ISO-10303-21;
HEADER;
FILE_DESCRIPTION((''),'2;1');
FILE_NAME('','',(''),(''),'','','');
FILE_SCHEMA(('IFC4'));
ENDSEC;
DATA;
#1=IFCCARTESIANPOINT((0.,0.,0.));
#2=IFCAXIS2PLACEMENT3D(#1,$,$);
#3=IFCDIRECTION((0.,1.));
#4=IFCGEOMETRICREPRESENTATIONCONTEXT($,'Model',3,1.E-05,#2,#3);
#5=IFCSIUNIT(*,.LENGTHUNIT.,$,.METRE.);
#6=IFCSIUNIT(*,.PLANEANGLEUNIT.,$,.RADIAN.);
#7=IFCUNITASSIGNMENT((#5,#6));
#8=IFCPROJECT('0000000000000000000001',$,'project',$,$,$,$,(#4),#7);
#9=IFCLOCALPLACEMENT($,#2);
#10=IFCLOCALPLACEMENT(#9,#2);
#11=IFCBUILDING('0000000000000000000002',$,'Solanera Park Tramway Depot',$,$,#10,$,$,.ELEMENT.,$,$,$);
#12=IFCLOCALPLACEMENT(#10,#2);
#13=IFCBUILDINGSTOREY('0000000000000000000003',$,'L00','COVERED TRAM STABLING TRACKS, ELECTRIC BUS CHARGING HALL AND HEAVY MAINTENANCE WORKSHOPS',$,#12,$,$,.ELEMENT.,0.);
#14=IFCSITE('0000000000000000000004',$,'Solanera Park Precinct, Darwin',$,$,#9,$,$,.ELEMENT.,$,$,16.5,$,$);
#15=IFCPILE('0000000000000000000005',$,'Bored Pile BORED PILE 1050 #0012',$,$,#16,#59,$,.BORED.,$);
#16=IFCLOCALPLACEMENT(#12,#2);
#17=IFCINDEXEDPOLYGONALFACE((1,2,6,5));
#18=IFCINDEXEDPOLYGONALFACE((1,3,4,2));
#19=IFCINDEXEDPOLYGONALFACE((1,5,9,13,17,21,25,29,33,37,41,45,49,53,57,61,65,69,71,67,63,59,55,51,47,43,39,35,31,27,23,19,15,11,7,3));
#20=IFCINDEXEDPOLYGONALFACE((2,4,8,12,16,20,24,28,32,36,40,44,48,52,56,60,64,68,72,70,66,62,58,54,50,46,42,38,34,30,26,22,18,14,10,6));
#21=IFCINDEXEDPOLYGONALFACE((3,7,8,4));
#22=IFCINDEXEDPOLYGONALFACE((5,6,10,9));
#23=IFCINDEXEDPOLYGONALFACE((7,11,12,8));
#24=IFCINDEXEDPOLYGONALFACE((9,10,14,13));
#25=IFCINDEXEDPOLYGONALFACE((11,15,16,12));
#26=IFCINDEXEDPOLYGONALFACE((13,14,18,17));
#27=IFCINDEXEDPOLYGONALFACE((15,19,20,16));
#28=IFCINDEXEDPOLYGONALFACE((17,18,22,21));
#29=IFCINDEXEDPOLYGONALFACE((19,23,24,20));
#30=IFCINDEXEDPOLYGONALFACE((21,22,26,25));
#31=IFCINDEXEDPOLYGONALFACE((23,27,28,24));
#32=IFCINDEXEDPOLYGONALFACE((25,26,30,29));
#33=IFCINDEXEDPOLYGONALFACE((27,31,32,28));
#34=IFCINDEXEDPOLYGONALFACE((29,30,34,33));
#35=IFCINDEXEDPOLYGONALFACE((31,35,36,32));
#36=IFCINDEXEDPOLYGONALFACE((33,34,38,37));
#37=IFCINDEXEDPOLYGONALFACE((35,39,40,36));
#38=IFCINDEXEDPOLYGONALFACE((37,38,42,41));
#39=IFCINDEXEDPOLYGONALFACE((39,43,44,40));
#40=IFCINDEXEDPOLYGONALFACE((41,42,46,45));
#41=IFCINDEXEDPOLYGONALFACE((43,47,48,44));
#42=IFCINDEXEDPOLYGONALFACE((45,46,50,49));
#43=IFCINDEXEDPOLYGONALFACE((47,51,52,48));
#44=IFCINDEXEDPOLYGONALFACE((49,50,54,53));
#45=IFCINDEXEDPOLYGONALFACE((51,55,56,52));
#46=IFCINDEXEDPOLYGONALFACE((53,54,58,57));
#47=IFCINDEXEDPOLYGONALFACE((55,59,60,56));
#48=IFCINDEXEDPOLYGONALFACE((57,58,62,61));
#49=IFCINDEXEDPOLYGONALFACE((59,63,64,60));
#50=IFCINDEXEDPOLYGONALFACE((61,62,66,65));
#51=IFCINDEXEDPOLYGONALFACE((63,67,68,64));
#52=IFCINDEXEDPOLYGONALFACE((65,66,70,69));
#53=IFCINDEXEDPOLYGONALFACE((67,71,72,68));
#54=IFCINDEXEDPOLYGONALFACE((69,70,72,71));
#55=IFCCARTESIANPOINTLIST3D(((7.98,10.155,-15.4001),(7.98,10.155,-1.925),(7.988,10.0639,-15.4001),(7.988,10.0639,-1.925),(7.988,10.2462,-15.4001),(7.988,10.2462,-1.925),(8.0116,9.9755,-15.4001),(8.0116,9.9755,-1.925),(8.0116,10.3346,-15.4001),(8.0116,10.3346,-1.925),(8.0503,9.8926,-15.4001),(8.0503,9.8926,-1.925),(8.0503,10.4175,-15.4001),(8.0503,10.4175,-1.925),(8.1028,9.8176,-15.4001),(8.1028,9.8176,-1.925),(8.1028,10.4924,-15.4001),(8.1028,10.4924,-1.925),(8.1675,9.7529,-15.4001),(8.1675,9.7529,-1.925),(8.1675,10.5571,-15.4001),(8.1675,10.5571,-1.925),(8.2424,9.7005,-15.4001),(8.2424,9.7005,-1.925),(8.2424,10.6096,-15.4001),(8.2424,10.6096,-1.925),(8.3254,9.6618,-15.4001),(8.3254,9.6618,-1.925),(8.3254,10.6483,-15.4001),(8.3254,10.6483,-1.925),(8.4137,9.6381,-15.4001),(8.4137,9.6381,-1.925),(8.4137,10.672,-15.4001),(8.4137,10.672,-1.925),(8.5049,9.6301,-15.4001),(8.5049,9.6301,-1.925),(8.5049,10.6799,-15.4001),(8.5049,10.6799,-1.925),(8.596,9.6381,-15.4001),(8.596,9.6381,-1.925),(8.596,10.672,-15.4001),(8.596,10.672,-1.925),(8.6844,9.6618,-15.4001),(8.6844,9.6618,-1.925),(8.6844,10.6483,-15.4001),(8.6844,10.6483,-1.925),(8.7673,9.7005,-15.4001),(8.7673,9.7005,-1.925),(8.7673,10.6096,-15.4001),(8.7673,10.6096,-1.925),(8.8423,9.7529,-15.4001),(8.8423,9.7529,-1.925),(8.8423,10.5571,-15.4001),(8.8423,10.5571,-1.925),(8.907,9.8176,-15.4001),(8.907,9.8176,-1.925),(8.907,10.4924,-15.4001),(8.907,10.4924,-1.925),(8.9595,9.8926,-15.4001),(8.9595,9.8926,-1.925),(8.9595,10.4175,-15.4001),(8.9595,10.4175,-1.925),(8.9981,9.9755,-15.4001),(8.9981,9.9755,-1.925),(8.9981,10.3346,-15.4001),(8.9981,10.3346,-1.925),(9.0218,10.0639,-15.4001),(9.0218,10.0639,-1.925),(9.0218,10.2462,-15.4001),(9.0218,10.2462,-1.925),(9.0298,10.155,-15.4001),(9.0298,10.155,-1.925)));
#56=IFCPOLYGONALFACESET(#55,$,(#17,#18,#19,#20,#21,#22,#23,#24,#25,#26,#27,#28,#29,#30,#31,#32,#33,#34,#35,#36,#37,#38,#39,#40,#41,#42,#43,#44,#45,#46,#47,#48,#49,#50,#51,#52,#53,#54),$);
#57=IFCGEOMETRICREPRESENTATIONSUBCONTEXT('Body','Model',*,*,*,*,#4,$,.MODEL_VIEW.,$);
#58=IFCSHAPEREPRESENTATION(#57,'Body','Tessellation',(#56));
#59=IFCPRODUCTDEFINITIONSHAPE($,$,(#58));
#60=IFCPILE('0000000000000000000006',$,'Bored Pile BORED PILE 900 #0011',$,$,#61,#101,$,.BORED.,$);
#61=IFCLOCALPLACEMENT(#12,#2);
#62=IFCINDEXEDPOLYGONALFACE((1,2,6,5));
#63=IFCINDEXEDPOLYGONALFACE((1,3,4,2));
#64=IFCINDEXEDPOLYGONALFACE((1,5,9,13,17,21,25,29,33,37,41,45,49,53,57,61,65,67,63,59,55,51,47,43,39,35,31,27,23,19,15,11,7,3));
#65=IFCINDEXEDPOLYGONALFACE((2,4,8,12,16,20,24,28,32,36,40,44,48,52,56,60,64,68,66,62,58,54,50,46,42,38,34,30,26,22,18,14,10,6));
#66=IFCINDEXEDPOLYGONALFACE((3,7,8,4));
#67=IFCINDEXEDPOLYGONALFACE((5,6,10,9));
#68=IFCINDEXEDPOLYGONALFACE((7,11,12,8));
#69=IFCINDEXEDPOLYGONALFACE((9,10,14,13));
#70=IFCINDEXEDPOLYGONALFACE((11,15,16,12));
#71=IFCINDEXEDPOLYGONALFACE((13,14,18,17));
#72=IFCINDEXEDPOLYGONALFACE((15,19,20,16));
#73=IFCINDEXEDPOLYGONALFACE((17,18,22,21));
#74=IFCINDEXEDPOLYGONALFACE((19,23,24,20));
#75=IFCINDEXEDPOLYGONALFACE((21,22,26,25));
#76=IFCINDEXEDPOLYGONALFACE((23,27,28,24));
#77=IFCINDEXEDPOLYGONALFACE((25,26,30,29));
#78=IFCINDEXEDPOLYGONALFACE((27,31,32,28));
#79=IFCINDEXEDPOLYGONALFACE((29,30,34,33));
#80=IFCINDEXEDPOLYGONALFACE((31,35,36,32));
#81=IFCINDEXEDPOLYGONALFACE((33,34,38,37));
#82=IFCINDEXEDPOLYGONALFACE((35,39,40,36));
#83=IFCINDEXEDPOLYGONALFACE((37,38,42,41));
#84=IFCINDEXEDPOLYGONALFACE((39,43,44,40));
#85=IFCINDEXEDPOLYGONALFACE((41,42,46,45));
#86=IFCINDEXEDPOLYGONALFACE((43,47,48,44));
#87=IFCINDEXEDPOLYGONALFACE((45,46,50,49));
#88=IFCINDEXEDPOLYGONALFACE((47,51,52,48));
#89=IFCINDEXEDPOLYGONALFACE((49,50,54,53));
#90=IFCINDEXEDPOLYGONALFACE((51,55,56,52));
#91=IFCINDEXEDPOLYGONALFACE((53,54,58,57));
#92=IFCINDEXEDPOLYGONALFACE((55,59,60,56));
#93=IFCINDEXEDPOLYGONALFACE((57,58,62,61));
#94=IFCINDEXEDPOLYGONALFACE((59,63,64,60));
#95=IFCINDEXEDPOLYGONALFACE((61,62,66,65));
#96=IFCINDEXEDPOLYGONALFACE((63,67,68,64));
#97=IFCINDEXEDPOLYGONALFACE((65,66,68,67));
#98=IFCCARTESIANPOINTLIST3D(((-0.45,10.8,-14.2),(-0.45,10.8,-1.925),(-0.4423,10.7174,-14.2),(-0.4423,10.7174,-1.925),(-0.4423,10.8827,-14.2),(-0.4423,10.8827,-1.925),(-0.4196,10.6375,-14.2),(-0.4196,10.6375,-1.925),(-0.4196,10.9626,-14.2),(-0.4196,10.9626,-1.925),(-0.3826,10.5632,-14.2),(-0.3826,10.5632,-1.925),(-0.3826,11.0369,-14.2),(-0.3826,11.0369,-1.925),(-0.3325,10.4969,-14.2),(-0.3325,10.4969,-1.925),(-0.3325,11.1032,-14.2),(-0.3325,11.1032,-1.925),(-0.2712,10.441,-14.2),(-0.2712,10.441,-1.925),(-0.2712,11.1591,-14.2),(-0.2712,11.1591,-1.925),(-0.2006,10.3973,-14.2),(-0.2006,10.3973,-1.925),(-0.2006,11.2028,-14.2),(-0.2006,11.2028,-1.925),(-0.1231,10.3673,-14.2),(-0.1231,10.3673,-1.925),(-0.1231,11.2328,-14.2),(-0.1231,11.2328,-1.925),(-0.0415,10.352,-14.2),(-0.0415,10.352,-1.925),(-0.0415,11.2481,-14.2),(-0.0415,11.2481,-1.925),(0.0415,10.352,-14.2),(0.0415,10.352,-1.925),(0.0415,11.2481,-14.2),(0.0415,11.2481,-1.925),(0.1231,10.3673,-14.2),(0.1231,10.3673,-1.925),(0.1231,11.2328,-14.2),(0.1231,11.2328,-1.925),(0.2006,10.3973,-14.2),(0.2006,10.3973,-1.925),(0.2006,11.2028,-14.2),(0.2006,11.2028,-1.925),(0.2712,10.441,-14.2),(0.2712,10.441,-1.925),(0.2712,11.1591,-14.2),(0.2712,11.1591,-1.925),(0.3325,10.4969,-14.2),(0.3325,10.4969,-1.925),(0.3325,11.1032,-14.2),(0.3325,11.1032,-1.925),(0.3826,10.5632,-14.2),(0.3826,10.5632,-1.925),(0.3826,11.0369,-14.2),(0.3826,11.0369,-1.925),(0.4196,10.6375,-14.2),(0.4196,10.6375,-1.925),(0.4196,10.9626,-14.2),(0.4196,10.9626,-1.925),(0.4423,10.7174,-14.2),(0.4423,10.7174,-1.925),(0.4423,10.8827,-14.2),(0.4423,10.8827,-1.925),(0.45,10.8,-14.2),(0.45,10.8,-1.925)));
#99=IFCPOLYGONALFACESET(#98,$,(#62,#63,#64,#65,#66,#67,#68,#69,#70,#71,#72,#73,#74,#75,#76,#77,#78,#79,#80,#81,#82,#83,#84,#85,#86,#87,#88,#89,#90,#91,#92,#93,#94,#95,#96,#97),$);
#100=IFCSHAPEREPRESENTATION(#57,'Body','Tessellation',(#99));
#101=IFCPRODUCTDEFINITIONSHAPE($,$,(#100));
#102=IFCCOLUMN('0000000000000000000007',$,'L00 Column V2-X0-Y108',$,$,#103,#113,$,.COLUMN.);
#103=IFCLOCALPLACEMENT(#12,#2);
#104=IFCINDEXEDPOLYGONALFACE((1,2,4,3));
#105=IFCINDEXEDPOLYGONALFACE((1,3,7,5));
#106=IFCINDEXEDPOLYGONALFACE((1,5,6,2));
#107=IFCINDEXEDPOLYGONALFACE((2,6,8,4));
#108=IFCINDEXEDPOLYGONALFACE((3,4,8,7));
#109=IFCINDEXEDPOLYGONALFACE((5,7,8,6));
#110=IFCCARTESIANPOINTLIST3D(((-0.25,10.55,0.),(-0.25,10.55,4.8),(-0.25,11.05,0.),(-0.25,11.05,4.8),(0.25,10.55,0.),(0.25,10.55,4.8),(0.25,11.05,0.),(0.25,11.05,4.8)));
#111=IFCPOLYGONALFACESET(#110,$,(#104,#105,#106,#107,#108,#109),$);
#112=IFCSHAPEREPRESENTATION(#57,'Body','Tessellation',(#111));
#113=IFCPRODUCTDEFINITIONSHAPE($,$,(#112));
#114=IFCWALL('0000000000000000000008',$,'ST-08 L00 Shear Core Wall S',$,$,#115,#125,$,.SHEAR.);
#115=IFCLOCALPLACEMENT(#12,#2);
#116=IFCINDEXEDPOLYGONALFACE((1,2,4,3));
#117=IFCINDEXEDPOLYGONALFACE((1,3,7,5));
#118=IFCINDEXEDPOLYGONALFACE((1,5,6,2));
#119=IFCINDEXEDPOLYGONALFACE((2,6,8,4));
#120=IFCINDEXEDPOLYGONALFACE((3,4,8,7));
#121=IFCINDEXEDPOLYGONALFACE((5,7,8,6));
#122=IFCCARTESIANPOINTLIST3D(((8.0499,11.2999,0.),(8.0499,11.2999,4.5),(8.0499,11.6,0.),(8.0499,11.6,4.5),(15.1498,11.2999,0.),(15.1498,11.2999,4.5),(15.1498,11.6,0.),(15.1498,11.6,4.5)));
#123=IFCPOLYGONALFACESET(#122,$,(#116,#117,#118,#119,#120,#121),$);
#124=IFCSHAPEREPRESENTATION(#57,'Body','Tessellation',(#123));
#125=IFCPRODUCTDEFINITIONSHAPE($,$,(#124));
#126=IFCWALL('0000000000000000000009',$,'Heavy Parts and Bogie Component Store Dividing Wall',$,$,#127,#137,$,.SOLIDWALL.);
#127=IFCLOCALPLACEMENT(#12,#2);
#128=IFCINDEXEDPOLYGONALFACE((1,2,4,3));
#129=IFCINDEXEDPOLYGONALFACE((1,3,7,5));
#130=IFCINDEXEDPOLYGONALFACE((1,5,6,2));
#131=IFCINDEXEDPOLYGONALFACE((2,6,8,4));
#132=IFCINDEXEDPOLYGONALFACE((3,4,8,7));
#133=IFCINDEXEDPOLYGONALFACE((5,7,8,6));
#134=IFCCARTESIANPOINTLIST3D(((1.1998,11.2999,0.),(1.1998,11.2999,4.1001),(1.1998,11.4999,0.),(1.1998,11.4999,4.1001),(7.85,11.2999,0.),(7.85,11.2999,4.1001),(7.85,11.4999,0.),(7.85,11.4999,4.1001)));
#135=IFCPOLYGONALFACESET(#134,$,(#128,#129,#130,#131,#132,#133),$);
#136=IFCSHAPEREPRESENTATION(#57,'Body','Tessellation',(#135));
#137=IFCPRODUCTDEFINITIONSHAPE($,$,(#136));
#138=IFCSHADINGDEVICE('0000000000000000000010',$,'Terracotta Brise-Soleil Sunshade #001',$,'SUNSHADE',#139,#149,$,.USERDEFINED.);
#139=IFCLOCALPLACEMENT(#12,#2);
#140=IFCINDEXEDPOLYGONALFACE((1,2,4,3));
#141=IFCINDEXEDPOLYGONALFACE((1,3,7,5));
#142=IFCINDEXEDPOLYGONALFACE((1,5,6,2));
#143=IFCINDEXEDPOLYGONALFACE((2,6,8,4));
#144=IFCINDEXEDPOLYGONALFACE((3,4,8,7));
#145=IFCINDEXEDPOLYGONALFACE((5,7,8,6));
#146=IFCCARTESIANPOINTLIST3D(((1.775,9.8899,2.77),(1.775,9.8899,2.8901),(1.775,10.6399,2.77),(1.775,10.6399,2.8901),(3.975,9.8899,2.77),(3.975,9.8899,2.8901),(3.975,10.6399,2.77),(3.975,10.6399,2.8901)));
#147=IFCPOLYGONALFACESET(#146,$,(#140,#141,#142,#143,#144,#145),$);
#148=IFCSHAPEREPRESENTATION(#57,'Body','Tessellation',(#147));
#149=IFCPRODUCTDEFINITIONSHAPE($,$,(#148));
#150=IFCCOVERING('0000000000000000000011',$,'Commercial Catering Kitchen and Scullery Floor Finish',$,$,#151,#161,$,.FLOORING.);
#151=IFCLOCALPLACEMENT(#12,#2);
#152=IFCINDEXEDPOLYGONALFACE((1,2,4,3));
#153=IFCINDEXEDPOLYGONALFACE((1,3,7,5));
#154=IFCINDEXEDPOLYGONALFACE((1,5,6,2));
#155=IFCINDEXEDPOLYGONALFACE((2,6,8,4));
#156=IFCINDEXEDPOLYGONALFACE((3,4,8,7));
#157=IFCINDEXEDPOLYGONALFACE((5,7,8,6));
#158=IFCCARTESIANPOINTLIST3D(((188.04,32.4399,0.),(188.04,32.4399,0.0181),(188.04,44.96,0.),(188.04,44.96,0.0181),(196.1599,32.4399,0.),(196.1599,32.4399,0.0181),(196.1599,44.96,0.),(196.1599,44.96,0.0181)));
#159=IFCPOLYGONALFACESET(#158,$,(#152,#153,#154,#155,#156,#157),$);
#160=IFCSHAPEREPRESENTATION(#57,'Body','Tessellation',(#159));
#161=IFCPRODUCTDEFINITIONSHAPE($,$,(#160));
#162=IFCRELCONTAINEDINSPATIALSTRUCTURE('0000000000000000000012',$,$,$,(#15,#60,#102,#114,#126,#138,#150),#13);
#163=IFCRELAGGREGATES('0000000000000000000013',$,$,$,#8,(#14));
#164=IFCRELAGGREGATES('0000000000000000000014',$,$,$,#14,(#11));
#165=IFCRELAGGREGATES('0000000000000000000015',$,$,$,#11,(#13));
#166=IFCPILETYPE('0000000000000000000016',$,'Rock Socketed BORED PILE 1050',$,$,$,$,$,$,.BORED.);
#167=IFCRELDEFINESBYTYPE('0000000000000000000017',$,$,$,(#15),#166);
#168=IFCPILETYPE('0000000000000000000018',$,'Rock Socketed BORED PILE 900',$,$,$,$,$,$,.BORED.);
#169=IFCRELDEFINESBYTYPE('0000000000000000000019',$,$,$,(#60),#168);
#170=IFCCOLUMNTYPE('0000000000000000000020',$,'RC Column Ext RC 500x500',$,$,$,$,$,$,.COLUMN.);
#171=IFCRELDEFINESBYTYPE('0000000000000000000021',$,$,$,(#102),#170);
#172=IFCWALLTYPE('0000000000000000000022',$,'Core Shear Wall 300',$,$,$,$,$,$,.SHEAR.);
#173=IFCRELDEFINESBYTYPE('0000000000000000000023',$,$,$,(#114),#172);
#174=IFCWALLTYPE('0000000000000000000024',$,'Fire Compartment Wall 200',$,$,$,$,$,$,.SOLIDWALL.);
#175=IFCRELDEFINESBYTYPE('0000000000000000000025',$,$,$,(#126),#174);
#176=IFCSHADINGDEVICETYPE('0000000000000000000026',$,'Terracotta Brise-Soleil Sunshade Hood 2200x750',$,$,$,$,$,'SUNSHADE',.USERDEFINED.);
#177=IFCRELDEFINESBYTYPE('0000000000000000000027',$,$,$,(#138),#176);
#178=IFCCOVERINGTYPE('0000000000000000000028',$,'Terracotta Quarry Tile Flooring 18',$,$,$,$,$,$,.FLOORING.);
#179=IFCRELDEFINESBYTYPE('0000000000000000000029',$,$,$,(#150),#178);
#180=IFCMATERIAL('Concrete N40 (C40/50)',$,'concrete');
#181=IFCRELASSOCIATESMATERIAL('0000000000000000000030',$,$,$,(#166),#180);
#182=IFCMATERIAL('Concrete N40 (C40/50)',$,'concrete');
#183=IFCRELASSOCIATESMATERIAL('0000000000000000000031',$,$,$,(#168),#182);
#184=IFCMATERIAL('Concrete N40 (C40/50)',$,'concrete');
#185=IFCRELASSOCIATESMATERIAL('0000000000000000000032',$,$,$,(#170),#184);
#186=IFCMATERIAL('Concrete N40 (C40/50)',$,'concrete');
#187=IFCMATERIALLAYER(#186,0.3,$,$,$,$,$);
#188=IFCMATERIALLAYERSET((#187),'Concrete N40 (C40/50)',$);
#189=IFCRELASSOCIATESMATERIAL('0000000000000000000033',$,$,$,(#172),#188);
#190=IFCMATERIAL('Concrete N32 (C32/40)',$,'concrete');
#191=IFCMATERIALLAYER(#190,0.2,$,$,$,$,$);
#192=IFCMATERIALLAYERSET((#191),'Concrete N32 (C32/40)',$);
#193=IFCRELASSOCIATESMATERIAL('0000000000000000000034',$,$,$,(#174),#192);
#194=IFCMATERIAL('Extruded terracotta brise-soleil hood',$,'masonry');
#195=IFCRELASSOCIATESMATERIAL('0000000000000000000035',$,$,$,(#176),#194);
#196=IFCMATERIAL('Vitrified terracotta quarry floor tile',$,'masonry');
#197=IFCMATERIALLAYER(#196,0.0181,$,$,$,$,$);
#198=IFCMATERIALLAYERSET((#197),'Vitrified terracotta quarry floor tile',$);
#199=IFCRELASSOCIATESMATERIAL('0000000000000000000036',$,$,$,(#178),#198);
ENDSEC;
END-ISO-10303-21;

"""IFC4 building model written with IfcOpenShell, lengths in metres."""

from ifc_helpers import new_model, si_unit, direction, frame, frame_2d, origin, origin_2d, place, context, subcontext, project, spatial, polyline, rectangle, circle, outline, extrude, material, layer, layer_set, material_profile, profile_set, type_object, element, save


model = new_model("IFC4")

# Units and contexts
model_context = context("Model", 3, precision=1e-05, world=origin(), true_north=direction((0.0, 1.0)))
body_context = subcontext(model_context, "Body", "Model", "MODEL_VIEW")
ifc_project = project(units=[si_unit("LENGTHUNIT", "METRE"), si_unit("PLANEANGLEUNIT", "RADIAN")], contexts=[model_context])

# Site, building, storey
site_placement = place(None, origin())
site = spatial("IfcSite", under=ifc_project, at=site_placement, Name="Solanera Park Precinct, Darwin", CompositionType="ELEMENT", RefElevation=16.5)
building_placement = place(site_placement, origin())
building = spatial("IfcBuilding", under=site, at=building_placement, Name="Solanera Park Tramway Depot", CompositionType="ELEMENT")
storey_placement = place(building_placement, origin())
storey = spatial("IfcBuildingStorey", under=building, at=storey_placement, Name="L00", Description="COVERED TRAM STABLING TRACKS, ELECTRIC BUS CHARGING HALL AND HEAVY MAINTENANCE WORKSHOPS", CompositionType="ELEMENT", Elevation=0.0)

# Piles
ifc_material_1 = material(Name="Concrete N40 (C40/50)", Category="concrete")
ifc_material_profile_1 = material_profile(ifc_material_1, circle(Radius=0.5249, at=origin_2d()), Name="BORED PILE 1050")
ifc_profile_set_1 = profile_set([ifc_material_profile_1], Name="Concrete N40 (C40/50)")
pile_type_1 = type_object("IfcPileType", Name="Rock Socketed BORED PILE 1050", PredefinedType="BORED", material=ifc_profile_set_1)
pile_1_placement = place(storey_placement, frame((8.5049, 10.155, -1.925), z_axis=(0.0, 0.0, -1.0), x_axis=(1.0, 0.0, 0.0)))
element("IfcPile", 1, at=pile_1_placement, inside=storey, type_object=pile_type_1, Name="Bored Pile BORED PILE 1050 #0012", PredefinedType="BORED", context=body_context, shape_type="SweptSolid", body=[
    extrude(circle(Radius=0.5249, at=origin_2d()), origin(), (0.0, 0.0, 1.0), 13.4751),
])
ifc_material_2 = material(Name="Concrete N40 (C40/50)", Category="concrete")
ifc_material_profile_2 = material_profile(ifc_material_2, circle(Radius=0.45, at=origin_2d()), Name="BORED PILE 900")
ifc_profile_set_2 = profile_set([ifc_material_profile_2], Name="Concrete N40 (C40/50)")
pile_type_2 = type_object("IfcPileType", Name="Rock Socketed BORED PILE 900", PredefinedType="BORED", material=ifc_profile_set_2)
pile_2_placement = place(storey_placement, frame((0.0, 10.8, -1.925), z_axis=(0.0, 0.0, -1.0), x_axis=(1.0, 0.0, 0.0)))
element("IfcPile", 2, at=pile_2_placement, inside=storey, type_object=pile_type_2, Name="Bored Pile BORED PILE 900 #0011", PredefinedType="BORED", context=body_context, shape_type="SweptSolid", body=[
    extrude(circle(Radius=0.45, at=origin_2d()), origin(), (0.0, 0.0, 1.0), 12.2749),
])

# Column
ifc_material_3 = material(Name="Concrete N40 (C40/50)", Category="concrete")
ifc_material_profile_3 = material_profile(ifc_material_3, rectangle(XDim=0.5, YDim=0.5, at=origin_2d()), Name="RC 500x500")
ifc_profile_set_3 = profile_set([ifc_material_profile_3], Name="Concrete N40 (C40/50)")
column_type = type_object("IfcColumnType", Name="RC Column Ext RC 500x500", PredefinedType="COLUMN", material=ifc_profile_set_3)
column_placement = place(storey_placement, frame((0.0, 10.8, 0.0), z_axis=(0.0, 0.0, 1.0), x_axis=(1.0, 0.0, 0.0)))
element("IfcColumn", 3, at=column_placement, inside=storey, type_object=column_type, Name="L00 Column V2-X0-Y108", PredefinedType="COLUMN", context=body_context, shape_type="SweptSolid", body=[
    extrude(rectangle(XDim=0.5, YDim=0.5, at=origin_2d()), origin(), (0.0, 0.0, 1.0), 4.8),
])

# Wall
ifc_material_4 = material(Name="Concrete N40 (C40/50)", Category="concrete")
ifc_layer_1 = layer(ifc_material_4, 0.3)
ifc_layer_set_1 = layer_set([ifc_layer_1], Name="Concrete N40 (C40/50)")
wall_type_1 = type_object("IfcWallType", Name="Core Shear Wall 300", PredefinedType="SHEAR", material=ifc_layer_set_1)
wall_1_placement = place(storey_placement, frame((8.05, 11.45, 0.0), z_axis=(0.0, 0.0, 1.0), x_axis=(1.0, 0.0, 0.0)))
element("IfcWall", 4, at=wall_1_placement, inside=storey, type_object=wall_type_1, Name="ST-08 L00 Shear Core Wall S", PredefinedType="SHEAR", context=body_context, shape_type="SweptSolid", body=[
    extrude(rectangle(XDim=7.0999, YDim=0.3, at=frame_2d((3.5498, 0.0))), origin(), (0.0, 0.0, 1.0), 4.5),
])

# Wall
ifc_material_5 = material(Name="Concrete N32 (C32/40)", Category="concrete")
ifc_layer_2 = layer(ifc_material_5, 0.2)
ifc_layer_set_2 = layer_set([ifc_layer_2], Name="Concrete N32 (C32/40)")
wall_type_2 = type_object("IfcWallType", Name="Fire Compartment Wall 200", PredefinedType="SOLIDWALL", material=ifc_layer_set_2)
wall_2_placement = place(storey_placement, frame((7.8501, 11.3999, 0.0), z_axis=(0.0, 0.0, 1.0), x_axis=(-1.0, 0.0, 0.0)))
element("IfcWall", 5, at=wall_2_placement, inside=storey, type_object=wall_type_2, Name="Heavy Parts and Bogie Component Store Dividing Wall", PredefinedType="SOLIDWALL", context=body_context, shape_type="SweptSolid", body=[
    extrude(rectangle(XDim=6.6501, YDim=0.2, at=frame_2d((3.3252, 0.0))), origin(), (0.0, 0.0, 1.0), 4.1001),
])

# Shading device
ifc_material_6 = material(Name="Extruded terracotta brise-soleil hood", Category="masonry")
shading_device_type = type_object("IfcShadingDeviceType", Name="Terracotta Brise-Soleil Sunshade Hood 2200x750", ElementType="SUNSHADE", PredefinedType="USERDEFINED", material=ifc_material_6)
shading_device_placement = place(storey_placement, frame((2.875, 10.2649, 2.77), z_axis=(0.0, 0.0, 1.0), x_axis=(1.0, 0.0, 0.0)))
element("IfcShadingDevice", 6, at=shading_device_placement, inside=storey, type_object=shading_device_type, Name="Terracotta Brise-Soleil Sunshade #001", ObjectType="SUNSHADE", PredefinedType="USERDEFINED", context=body_context, shape_type="SweptSolid", body=[
    extrude(rectangle(XDim=2.2, YDim=0.75, at=origin_2d()), origin(), (0.0, 0.0, 1.0), 0.1201),
])

# Covering
ifc_material_7 = material(Name="Vitrified terracotta quarry floor tile", Category="masonry")
ifc_layer_3 = layer(ifc_material_7, 0.0181)
ifc_layer_set_3 = layer_set([ifc_layer_3], Name="Vitrified terracotta quarry floor tile")
covering_type = type_object("IfcCoveringType", Name="Terracotta Quarry Tile Flooring 18", PredefinedType="FLOORING", material=ifc_layer_set_3)
covering_placement = place(storey_placement, origin())
element("IfcCovering", 7, at=covering_placement, inside=storey, type_object=covering_type, Name="Commercial Catering Kitchen and Scullery Floor Finish", PredefinedType="FLOORING", context=body_context, shape_type="SweptSolid", body=[
    extrude(outline(polyline([(196.1599, 32.4399), (188.04, 32.4399), (188.04, 44.96), (196.1599, 44.96), (196.1599, 32.4399)])), origin(), (0.0, 0.0, 1.0), 0.0181),
])

save(model, "model.ifc")
